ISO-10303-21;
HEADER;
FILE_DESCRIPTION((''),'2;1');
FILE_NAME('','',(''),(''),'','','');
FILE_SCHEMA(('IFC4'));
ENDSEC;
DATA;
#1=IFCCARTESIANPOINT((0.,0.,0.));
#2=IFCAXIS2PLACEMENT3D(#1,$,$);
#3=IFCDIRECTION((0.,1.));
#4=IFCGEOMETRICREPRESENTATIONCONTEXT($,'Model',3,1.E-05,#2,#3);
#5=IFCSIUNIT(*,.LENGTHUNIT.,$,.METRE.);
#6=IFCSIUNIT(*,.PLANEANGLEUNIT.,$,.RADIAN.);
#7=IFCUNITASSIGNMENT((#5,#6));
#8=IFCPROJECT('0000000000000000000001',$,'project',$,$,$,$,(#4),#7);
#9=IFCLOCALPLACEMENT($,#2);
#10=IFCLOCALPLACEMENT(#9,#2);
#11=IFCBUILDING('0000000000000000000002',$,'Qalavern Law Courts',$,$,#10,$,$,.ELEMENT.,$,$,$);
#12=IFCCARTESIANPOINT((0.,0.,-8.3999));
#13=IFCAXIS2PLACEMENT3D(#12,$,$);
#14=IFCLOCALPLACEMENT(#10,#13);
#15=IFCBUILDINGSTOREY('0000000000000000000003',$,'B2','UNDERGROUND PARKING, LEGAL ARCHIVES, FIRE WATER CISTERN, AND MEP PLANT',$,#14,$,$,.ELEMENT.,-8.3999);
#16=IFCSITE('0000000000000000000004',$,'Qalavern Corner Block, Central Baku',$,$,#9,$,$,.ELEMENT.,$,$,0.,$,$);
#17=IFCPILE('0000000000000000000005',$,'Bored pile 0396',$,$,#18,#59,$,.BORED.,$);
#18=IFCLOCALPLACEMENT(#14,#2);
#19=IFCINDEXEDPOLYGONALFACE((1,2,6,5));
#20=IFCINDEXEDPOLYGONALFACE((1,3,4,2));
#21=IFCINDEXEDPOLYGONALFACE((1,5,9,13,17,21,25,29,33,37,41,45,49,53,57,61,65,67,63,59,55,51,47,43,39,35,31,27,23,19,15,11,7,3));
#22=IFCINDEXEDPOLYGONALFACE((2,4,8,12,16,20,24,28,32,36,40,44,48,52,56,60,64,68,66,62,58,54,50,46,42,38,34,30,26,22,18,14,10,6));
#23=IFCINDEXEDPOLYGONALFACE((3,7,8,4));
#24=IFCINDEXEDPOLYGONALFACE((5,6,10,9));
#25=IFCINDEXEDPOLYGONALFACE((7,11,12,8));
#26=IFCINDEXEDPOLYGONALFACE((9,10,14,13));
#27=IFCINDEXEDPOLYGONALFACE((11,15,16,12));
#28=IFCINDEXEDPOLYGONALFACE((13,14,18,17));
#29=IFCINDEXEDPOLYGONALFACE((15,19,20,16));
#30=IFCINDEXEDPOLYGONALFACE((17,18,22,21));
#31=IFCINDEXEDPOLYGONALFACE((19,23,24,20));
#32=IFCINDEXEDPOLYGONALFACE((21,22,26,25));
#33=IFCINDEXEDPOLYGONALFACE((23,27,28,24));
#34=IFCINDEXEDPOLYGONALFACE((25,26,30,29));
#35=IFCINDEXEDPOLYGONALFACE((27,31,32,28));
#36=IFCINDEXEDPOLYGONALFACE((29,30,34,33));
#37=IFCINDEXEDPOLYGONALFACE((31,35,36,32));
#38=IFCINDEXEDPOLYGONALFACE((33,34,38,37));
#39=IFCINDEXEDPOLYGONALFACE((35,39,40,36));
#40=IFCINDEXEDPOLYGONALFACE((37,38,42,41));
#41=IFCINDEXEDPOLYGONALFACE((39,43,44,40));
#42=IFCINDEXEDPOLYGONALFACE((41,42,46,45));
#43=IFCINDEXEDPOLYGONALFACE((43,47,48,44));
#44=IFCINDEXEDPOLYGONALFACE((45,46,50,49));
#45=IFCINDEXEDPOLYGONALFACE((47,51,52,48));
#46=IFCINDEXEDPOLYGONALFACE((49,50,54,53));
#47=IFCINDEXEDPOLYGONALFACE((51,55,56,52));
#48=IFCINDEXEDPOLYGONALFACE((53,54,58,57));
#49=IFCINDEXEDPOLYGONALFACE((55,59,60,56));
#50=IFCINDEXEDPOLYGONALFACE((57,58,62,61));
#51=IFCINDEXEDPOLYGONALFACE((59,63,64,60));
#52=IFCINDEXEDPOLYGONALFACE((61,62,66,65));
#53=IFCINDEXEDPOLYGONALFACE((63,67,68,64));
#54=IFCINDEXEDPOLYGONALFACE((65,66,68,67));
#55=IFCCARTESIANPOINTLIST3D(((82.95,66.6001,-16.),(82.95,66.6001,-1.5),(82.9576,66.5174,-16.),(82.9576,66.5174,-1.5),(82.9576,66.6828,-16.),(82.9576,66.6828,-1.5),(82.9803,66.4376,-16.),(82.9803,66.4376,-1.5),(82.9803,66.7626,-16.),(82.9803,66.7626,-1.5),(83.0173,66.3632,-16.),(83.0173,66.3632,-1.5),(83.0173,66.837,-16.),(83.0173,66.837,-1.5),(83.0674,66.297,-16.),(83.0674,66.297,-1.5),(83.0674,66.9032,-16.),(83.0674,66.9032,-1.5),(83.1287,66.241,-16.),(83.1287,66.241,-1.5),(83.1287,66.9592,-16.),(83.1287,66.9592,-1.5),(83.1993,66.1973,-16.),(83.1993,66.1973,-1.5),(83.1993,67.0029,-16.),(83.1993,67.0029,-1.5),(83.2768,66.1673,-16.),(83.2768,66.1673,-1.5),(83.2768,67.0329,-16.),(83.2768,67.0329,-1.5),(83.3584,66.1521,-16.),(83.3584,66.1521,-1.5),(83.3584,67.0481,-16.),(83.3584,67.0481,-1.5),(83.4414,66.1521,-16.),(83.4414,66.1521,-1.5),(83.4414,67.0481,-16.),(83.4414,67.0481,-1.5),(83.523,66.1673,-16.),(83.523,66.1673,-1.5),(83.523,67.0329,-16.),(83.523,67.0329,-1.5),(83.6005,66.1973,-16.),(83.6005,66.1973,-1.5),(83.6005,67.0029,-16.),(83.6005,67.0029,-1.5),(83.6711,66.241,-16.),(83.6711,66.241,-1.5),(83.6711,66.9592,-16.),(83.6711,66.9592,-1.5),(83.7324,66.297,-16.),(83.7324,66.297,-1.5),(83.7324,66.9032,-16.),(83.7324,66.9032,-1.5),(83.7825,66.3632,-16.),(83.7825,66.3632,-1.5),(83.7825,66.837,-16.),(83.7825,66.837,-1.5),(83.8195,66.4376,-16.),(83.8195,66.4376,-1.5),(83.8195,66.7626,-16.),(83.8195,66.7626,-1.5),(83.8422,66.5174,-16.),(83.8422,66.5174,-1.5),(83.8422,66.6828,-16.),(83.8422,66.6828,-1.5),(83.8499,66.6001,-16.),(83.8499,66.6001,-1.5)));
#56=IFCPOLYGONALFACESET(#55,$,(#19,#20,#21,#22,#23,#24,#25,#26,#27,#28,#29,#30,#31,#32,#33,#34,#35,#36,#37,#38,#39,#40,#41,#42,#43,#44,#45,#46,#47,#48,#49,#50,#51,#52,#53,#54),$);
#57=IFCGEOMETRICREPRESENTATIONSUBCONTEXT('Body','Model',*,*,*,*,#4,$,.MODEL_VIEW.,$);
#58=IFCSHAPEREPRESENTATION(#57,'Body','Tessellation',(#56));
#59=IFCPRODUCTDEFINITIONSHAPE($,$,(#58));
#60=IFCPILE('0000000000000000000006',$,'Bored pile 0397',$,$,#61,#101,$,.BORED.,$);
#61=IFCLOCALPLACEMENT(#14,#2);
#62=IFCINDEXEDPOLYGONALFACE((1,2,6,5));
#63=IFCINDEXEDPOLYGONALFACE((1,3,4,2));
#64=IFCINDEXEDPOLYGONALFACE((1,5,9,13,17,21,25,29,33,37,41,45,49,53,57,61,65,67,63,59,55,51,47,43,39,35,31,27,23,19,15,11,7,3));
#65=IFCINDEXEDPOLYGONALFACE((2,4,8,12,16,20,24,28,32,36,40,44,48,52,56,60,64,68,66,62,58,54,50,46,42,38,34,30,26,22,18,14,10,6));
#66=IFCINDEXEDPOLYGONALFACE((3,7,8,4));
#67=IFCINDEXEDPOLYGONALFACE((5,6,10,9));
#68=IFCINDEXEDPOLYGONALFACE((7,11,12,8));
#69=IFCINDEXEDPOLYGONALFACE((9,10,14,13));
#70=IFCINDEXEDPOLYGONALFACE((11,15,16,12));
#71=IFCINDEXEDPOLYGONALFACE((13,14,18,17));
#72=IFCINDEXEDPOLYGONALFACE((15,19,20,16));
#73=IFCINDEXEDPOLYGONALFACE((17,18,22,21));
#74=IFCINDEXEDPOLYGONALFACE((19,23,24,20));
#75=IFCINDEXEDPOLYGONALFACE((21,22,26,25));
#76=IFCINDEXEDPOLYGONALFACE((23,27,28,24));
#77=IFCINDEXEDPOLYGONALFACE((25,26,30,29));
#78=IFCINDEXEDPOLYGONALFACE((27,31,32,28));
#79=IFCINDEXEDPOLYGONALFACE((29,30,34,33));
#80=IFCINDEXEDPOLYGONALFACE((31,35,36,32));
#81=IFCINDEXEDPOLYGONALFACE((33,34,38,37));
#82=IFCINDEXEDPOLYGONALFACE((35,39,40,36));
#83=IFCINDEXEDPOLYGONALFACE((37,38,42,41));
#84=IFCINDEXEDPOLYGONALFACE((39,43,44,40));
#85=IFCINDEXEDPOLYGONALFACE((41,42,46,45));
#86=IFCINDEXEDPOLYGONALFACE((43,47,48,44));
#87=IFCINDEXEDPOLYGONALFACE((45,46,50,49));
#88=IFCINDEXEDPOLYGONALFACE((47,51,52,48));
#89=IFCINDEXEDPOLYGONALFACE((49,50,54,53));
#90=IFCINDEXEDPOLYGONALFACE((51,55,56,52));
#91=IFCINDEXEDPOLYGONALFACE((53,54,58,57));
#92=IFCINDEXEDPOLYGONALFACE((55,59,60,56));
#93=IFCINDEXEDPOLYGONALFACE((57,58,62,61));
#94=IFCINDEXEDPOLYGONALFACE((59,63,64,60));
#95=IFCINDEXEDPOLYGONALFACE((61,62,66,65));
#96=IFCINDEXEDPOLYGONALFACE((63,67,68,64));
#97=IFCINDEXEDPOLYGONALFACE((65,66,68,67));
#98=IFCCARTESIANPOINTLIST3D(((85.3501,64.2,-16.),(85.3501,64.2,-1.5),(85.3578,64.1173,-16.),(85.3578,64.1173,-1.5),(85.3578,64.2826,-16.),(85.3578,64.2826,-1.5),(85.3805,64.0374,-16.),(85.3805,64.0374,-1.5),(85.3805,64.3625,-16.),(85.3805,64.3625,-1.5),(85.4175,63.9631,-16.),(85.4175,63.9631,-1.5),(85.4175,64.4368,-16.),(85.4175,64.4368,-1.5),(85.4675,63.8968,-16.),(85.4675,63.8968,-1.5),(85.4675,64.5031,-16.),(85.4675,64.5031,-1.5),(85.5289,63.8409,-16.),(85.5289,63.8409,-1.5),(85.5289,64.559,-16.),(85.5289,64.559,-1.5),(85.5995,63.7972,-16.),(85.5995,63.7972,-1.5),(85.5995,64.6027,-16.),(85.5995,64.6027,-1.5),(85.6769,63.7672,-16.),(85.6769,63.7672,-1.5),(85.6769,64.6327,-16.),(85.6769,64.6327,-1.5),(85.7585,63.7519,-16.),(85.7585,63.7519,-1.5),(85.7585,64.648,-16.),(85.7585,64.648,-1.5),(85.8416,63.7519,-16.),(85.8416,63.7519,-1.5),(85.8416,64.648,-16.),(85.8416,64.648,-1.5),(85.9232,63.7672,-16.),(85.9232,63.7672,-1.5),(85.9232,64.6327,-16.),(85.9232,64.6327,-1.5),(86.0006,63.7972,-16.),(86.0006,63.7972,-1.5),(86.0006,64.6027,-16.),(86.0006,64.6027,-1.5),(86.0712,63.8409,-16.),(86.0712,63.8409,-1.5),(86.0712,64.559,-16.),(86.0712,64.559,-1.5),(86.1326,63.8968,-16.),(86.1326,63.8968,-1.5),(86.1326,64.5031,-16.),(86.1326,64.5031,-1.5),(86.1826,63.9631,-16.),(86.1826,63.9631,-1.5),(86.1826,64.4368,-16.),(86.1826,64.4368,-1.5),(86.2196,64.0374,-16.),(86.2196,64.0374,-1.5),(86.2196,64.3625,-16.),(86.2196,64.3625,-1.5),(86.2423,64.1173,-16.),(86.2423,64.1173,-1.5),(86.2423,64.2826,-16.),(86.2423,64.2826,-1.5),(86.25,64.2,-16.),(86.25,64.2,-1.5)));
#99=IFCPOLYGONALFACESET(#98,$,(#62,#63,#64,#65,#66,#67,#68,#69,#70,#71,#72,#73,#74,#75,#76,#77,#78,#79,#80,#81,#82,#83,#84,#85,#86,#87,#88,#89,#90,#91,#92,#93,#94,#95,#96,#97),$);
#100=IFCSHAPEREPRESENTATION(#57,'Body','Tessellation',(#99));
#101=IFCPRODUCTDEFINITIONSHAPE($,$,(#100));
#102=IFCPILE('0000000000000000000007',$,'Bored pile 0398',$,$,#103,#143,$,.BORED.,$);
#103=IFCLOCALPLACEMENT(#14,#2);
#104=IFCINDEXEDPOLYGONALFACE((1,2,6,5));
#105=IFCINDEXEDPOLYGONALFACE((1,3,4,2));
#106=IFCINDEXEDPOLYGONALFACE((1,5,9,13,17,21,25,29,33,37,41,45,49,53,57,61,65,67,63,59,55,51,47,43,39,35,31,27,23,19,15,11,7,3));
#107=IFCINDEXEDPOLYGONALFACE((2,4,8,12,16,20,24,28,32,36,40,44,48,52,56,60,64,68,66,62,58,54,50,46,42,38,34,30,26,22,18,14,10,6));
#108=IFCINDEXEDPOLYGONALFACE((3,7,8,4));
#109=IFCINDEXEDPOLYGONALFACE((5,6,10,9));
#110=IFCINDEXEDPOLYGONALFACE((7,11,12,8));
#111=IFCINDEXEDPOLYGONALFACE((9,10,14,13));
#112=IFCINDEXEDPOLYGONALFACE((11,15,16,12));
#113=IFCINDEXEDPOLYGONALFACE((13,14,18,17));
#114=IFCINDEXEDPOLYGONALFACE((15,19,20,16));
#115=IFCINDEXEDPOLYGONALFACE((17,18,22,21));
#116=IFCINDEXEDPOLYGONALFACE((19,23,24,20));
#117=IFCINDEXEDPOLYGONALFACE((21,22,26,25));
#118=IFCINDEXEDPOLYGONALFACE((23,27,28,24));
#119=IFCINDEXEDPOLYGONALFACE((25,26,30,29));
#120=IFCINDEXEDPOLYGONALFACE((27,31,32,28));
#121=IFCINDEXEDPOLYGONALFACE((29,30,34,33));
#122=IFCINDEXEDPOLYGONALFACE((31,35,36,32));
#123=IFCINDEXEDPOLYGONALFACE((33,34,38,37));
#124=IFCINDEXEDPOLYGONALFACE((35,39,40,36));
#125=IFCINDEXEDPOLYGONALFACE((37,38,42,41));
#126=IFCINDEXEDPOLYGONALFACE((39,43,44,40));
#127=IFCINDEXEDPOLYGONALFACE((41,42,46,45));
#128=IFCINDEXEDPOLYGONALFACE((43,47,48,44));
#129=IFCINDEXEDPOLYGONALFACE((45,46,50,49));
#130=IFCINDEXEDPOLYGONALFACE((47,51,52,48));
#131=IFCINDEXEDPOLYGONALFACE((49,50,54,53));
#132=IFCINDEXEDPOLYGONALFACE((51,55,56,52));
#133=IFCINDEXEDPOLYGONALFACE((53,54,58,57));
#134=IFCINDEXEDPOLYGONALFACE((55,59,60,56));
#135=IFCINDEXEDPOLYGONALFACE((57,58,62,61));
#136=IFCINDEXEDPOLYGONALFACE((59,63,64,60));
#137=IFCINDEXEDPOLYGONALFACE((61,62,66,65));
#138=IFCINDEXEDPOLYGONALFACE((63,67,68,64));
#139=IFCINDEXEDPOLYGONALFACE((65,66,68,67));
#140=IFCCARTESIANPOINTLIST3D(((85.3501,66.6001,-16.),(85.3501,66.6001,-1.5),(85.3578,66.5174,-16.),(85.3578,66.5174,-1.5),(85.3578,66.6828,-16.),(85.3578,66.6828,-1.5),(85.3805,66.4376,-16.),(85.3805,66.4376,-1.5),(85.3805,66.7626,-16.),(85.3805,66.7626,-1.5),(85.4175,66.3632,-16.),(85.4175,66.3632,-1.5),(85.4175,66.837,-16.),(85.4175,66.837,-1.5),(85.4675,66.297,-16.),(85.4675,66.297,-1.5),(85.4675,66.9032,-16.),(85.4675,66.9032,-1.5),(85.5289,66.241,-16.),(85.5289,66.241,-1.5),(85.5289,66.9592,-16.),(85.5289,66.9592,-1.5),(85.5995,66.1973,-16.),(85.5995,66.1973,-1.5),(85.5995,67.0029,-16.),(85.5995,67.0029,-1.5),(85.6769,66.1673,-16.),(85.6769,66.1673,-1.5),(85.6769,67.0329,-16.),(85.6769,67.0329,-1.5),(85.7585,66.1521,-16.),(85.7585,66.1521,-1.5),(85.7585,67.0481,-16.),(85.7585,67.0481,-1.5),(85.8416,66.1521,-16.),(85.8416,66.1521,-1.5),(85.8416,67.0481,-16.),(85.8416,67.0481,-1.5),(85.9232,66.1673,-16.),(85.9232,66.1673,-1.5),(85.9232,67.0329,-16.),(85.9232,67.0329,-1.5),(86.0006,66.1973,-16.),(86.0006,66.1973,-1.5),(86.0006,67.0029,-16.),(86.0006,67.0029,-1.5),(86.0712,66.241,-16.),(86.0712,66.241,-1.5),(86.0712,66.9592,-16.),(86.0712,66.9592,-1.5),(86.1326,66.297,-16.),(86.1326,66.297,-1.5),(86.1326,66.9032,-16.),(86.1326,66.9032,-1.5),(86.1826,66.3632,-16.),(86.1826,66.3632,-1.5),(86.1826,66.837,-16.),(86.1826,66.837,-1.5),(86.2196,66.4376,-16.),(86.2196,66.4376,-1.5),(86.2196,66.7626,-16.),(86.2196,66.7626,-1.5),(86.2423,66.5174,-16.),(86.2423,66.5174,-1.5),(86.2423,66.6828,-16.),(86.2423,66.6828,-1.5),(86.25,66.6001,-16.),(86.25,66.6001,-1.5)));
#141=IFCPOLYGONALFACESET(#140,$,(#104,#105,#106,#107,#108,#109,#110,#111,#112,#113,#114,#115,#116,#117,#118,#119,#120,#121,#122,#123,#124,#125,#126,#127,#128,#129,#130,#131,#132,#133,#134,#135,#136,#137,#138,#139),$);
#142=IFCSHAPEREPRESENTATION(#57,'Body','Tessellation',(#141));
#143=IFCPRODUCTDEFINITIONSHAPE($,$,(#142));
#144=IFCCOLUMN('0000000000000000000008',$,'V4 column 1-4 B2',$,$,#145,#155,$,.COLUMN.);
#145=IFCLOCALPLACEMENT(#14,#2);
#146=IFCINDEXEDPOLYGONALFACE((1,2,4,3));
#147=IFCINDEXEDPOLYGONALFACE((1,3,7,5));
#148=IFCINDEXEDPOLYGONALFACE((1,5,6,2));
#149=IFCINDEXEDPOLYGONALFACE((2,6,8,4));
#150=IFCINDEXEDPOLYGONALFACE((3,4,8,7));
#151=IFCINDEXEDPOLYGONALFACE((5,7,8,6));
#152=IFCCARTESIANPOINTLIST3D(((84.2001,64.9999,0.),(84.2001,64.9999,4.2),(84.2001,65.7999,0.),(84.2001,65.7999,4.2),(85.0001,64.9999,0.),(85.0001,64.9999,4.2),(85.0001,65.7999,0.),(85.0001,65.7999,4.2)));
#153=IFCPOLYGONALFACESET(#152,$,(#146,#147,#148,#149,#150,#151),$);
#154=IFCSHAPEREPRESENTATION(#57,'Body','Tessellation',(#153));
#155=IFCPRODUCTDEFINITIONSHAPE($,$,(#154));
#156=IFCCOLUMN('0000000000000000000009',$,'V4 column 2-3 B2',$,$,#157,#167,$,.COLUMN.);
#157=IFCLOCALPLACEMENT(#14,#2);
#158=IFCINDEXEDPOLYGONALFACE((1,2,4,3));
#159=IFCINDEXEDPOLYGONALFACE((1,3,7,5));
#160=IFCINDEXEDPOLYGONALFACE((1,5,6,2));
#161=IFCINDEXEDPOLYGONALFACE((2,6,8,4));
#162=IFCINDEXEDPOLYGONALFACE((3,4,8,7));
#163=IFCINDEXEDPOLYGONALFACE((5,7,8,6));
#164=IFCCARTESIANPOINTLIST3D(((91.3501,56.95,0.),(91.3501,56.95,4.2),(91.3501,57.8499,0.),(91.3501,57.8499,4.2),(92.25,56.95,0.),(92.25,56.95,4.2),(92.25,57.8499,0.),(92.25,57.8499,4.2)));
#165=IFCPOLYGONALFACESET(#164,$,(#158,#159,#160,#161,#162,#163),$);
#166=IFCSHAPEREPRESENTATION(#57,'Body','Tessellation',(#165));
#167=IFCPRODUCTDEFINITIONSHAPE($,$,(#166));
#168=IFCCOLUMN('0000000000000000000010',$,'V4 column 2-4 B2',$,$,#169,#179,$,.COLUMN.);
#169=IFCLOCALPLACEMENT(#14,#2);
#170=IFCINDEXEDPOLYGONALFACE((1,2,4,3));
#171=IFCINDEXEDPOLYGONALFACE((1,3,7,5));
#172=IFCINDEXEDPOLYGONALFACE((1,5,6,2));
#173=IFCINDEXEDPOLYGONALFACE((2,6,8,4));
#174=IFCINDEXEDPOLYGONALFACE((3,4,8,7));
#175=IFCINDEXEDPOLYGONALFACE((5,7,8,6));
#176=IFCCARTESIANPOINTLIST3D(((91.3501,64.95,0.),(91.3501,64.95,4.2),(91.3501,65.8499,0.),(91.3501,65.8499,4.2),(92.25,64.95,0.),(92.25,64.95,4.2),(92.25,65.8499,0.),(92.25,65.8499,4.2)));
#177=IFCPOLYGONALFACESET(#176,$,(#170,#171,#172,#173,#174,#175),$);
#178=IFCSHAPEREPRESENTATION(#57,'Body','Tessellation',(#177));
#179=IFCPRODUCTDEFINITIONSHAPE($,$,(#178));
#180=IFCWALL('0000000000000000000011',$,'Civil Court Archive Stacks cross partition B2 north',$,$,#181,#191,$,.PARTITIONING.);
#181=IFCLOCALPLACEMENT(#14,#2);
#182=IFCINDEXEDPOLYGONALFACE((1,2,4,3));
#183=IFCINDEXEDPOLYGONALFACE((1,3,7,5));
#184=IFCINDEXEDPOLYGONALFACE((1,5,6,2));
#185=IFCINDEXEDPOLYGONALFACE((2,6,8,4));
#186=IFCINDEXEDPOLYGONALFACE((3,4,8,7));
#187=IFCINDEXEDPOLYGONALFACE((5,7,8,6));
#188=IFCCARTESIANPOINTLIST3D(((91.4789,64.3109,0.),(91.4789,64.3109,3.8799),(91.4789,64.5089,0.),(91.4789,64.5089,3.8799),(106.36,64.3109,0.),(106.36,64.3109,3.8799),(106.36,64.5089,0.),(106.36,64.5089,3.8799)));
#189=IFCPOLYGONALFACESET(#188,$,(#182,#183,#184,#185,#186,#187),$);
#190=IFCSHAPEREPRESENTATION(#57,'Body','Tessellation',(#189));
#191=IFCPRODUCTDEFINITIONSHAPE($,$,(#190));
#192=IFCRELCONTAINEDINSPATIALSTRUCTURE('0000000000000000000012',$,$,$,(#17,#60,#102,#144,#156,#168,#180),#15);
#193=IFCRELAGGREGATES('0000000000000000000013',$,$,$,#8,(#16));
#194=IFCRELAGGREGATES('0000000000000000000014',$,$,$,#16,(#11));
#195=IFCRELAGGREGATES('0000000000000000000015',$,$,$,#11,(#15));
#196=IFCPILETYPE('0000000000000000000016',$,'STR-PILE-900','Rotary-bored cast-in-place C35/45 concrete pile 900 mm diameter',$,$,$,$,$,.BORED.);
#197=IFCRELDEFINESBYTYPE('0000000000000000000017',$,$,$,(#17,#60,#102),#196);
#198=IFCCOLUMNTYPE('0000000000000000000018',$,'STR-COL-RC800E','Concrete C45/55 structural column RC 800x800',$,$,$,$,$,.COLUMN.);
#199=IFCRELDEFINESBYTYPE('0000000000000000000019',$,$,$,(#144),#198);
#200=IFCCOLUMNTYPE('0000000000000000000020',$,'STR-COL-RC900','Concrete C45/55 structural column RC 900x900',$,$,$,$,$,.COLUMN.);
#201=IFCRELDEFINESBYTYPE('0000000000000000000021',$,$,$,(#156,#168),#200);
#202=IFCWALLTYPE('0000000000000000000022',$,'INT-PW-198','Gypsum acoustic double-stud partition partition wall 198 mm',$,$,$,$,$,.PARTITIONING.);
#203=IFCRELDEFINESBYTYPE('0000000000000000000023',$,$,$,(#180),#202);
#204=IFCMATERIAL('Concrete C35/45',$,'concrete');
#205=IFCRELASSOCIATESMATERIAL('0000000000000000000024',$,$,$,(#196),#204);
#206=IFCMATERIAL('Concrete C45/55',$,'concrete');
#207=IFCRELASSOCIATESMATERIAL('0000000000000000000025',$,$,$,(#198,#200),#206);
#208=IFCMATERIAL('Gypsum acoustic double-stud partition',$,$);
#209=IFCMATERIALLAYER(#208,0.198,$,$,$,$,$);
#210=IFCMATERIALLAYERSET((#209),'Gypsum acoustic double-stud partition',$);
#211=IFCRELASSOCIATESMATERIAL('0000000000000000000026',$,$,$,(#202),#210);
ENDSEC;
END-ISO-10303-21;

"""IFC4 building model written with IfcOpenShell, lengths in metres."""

from ifc_helpers import new_model, si_unit, direction, frame, frame_2d, origin, origin_2d, place, context, subcontext, project, spatial, rectangle, circle, extrude, material, layer, layer_set, material_profile, profile_set, type_object, element, save


model = new_model("IFC4")

# Units and contexts
model_context = context("Model", 3, precision=1e-05, world=origin(), true_north=direction((0.0, 1.0)))
body_context = subcontext(model_context, "Body", "Model", "MODEL_VIEW")
ifc_project = project(units=[si_unit("LENGTHUNIT", "METRE"), si_unit("PLANEANGLEUNIT", "RADIAN")], contexts=[model_context])

# Site, building, storey
site_placement = place(None, origin())
site = spatial("IfcSite", under=ifc_project, at=site_placement, Name="Qalavern Corner Block, Central Baku", CompositionType="ELEMENT", RefElevation=0.0)
building_placement = place(site_placement, origin())
building = spatial("IfcBuilding", under=site, at=building_placement, Name="Qalavern Law Courts", CompositionType="ELEMENT")
storey_placement = place(building_placement, frame((0.0, 0.0, -8.3999)))
storey = spatial("IfcBuildingStorey", under=building, at=storey_placement, Name="B2", Description="UNDERGROUND PARKING, LEGAL ARCHIVES, FIRE WATER CISTERN, AND MEP PLANT", CompositionType="ELEMENT", Elevation=-8.3999)

# Shared definitions
ifc_material_1 = material(Name="Concrete C35/45", Category="concrete")

# Piles
ifc_material_profile_1 = material_profile(ifc_material_1, circle(Radius=0.45, at=origin_2d()), Name="BORED PILE 900")
ifc_profile_set_1 = profile_set([ifc_material_profile_1], Name="Concrete C35/45")
pile_type_1 = type_object("IfcPileType", Name="STR-PILE-900", Description="Rotary-bored cast-in-place C35/45 concrete pile 900 mm diameter", PredefinedType="BORED", material=ifc_profile_set_1)
for number, where, z_axis, x_axis, name in (
    (1, (83.3999, 66.6001, -1.5), (0.0, 0.0, -1.0), (1.0, 0.0, 0.0), "Bored pile 0396"),
    (2, (85.8, 64.2, -1.5), (0.0, 0.0, -1.0), (1.0, 0.0, 0.0), "Bored pile 0397"),
    (3, (85.8, 66.6001, -1.5), (0.0, 0.0, -1.0), (1.0, 0.0, 0.0), "Bored pile 0398"),
):
    element("IfcPile", number, at=place(storey_placement, frame(where, z_axis=z_axis, x_axis=x_axis)), inside=storey, type_object=pile_type_1, Name=name, PredefinedType="BORED", context=body_context, shape_type="SweptSolid", body=[
        extrude(circle(Radius=0.45, at=origin_2d()), origin(), (0.0, 0.0, 1.0), 14.5),
    ])

# Columns
ifc_material_2 = material(Name="Concrete C45/55", Category="concrete")
ifc_material_profile_2 = material_profile(ifc_material_2, rectangle(XDim=0.8, YDim=0.8, at=origin_2d()), Name="RC 800x800")
ifc_profile_set_2 = profile_set([ifc_material_profile_2], Name="Concrete C45/55")
column_type_1 = type_object("IfcColumnType", Name="STR-COL-RC800E", Description="Concrete C45/55 structural column RC 800x800", PredefinedType="COLUMN", material=ifc_profile_set_2)
column_placement = place(storey_placement, frame((84.6001, 65.3999, 0.0), z_axis=(0.0, 0.0, 1.0), x_axis=(1.0, 0.0, 0.0)))
element("IfcColumn", 4, at=column_placement, inside=storey, type_object=column_type_1, Name="V4 column 1-4 B2", PredefinedType="COLUMN", context=body_context, shape_type="SweptSolid", body=[
    extrude(rectangle(XDim=0.8, YDim=0.8, at=origin_2d()), origin(), (0.0, 0.0, 1.0), 4.2),
])
ifc_material_profile_3 = material_profile(ifc_material_2, rectangle(XDim=0.8999, YDim=0.8999, at=origin_2d()), Name="RC 900x900")
ifc_profile_set_3 = profile_set([ifc_material_profile_3], Name="Concrete C45/55")
column_type_2 = type_object("IfcColumnType", Name="STR-COL-RC900", Description="Concrete C45/55 structural column RC 900x900", PredefinedType="COLUMN", material=ifc_profile_set_3)
for number, where, z_axis, x_axis, name in (
    (5, (91.8, 57.3999, 0.0), (0.0, 0.0, 1.0), (1.0, 0.0, 0.0), "V4 column 2-3 B2"),
    (6, (91.8, 65.3999, 0.0), (0.0, 0.0, 1.0), (1.0, 0.0, 0.0), "V4 column 2-4 B2"),
):
    element("IfcColumn", number, at=place(storey_placement, frame(where, z_axis=z_axis, x_axis=x_axis)), inside=storey, type_object=column_type_2, Name=name, PredefinedType="COLUMN", context=body_context, shape_type="SweptSolid", body=[
        extrude(rectangle(XDim=0.8999, YDim=0.8999, at=origin_2d()), origin(), (0.0, 0.0, 1.0), 4.2),
    ])

# Wall
ifc_material_3 = material(Name="Gypsum acoustic double-stud partition")
ifc_layer = layer(ifc_material_3, 0.198)
ifc_layer_set = layer_set([ifc_layer], Name="Gypsum acoustic double-stud partition")
wall_type = type_object("IfcWallType", Name="INT-PW-198", Description="Gypsum acoustic double-stud partition partition wall 198 mm", PredefinedType="PARTITIONING", material=ifc_layer_set)
wall_placement = place(storey_placement, frame((91.479, 64.4099, 0.0), z_axis=(0.0, 0.0, 1.0), x_axis=(1.0, 0.0, 0.0)))
element("IfcWall", 7, at=wall_placement, inside=storey, type_object=wall_type, Name="Civil Court Archive Stacks cross partition B2 north", PredefinedType="PARTITIONING", context=body_context, shape_type="SweptSolid", body=[
    extrude(rectangle(XDim=14.8811, YDim=0.198, at=frame_2d((7.4404, 0.0))), origin(), (0.0, 0.0, 1.0), 3.8799),
])

save(model, "model.ifc")
